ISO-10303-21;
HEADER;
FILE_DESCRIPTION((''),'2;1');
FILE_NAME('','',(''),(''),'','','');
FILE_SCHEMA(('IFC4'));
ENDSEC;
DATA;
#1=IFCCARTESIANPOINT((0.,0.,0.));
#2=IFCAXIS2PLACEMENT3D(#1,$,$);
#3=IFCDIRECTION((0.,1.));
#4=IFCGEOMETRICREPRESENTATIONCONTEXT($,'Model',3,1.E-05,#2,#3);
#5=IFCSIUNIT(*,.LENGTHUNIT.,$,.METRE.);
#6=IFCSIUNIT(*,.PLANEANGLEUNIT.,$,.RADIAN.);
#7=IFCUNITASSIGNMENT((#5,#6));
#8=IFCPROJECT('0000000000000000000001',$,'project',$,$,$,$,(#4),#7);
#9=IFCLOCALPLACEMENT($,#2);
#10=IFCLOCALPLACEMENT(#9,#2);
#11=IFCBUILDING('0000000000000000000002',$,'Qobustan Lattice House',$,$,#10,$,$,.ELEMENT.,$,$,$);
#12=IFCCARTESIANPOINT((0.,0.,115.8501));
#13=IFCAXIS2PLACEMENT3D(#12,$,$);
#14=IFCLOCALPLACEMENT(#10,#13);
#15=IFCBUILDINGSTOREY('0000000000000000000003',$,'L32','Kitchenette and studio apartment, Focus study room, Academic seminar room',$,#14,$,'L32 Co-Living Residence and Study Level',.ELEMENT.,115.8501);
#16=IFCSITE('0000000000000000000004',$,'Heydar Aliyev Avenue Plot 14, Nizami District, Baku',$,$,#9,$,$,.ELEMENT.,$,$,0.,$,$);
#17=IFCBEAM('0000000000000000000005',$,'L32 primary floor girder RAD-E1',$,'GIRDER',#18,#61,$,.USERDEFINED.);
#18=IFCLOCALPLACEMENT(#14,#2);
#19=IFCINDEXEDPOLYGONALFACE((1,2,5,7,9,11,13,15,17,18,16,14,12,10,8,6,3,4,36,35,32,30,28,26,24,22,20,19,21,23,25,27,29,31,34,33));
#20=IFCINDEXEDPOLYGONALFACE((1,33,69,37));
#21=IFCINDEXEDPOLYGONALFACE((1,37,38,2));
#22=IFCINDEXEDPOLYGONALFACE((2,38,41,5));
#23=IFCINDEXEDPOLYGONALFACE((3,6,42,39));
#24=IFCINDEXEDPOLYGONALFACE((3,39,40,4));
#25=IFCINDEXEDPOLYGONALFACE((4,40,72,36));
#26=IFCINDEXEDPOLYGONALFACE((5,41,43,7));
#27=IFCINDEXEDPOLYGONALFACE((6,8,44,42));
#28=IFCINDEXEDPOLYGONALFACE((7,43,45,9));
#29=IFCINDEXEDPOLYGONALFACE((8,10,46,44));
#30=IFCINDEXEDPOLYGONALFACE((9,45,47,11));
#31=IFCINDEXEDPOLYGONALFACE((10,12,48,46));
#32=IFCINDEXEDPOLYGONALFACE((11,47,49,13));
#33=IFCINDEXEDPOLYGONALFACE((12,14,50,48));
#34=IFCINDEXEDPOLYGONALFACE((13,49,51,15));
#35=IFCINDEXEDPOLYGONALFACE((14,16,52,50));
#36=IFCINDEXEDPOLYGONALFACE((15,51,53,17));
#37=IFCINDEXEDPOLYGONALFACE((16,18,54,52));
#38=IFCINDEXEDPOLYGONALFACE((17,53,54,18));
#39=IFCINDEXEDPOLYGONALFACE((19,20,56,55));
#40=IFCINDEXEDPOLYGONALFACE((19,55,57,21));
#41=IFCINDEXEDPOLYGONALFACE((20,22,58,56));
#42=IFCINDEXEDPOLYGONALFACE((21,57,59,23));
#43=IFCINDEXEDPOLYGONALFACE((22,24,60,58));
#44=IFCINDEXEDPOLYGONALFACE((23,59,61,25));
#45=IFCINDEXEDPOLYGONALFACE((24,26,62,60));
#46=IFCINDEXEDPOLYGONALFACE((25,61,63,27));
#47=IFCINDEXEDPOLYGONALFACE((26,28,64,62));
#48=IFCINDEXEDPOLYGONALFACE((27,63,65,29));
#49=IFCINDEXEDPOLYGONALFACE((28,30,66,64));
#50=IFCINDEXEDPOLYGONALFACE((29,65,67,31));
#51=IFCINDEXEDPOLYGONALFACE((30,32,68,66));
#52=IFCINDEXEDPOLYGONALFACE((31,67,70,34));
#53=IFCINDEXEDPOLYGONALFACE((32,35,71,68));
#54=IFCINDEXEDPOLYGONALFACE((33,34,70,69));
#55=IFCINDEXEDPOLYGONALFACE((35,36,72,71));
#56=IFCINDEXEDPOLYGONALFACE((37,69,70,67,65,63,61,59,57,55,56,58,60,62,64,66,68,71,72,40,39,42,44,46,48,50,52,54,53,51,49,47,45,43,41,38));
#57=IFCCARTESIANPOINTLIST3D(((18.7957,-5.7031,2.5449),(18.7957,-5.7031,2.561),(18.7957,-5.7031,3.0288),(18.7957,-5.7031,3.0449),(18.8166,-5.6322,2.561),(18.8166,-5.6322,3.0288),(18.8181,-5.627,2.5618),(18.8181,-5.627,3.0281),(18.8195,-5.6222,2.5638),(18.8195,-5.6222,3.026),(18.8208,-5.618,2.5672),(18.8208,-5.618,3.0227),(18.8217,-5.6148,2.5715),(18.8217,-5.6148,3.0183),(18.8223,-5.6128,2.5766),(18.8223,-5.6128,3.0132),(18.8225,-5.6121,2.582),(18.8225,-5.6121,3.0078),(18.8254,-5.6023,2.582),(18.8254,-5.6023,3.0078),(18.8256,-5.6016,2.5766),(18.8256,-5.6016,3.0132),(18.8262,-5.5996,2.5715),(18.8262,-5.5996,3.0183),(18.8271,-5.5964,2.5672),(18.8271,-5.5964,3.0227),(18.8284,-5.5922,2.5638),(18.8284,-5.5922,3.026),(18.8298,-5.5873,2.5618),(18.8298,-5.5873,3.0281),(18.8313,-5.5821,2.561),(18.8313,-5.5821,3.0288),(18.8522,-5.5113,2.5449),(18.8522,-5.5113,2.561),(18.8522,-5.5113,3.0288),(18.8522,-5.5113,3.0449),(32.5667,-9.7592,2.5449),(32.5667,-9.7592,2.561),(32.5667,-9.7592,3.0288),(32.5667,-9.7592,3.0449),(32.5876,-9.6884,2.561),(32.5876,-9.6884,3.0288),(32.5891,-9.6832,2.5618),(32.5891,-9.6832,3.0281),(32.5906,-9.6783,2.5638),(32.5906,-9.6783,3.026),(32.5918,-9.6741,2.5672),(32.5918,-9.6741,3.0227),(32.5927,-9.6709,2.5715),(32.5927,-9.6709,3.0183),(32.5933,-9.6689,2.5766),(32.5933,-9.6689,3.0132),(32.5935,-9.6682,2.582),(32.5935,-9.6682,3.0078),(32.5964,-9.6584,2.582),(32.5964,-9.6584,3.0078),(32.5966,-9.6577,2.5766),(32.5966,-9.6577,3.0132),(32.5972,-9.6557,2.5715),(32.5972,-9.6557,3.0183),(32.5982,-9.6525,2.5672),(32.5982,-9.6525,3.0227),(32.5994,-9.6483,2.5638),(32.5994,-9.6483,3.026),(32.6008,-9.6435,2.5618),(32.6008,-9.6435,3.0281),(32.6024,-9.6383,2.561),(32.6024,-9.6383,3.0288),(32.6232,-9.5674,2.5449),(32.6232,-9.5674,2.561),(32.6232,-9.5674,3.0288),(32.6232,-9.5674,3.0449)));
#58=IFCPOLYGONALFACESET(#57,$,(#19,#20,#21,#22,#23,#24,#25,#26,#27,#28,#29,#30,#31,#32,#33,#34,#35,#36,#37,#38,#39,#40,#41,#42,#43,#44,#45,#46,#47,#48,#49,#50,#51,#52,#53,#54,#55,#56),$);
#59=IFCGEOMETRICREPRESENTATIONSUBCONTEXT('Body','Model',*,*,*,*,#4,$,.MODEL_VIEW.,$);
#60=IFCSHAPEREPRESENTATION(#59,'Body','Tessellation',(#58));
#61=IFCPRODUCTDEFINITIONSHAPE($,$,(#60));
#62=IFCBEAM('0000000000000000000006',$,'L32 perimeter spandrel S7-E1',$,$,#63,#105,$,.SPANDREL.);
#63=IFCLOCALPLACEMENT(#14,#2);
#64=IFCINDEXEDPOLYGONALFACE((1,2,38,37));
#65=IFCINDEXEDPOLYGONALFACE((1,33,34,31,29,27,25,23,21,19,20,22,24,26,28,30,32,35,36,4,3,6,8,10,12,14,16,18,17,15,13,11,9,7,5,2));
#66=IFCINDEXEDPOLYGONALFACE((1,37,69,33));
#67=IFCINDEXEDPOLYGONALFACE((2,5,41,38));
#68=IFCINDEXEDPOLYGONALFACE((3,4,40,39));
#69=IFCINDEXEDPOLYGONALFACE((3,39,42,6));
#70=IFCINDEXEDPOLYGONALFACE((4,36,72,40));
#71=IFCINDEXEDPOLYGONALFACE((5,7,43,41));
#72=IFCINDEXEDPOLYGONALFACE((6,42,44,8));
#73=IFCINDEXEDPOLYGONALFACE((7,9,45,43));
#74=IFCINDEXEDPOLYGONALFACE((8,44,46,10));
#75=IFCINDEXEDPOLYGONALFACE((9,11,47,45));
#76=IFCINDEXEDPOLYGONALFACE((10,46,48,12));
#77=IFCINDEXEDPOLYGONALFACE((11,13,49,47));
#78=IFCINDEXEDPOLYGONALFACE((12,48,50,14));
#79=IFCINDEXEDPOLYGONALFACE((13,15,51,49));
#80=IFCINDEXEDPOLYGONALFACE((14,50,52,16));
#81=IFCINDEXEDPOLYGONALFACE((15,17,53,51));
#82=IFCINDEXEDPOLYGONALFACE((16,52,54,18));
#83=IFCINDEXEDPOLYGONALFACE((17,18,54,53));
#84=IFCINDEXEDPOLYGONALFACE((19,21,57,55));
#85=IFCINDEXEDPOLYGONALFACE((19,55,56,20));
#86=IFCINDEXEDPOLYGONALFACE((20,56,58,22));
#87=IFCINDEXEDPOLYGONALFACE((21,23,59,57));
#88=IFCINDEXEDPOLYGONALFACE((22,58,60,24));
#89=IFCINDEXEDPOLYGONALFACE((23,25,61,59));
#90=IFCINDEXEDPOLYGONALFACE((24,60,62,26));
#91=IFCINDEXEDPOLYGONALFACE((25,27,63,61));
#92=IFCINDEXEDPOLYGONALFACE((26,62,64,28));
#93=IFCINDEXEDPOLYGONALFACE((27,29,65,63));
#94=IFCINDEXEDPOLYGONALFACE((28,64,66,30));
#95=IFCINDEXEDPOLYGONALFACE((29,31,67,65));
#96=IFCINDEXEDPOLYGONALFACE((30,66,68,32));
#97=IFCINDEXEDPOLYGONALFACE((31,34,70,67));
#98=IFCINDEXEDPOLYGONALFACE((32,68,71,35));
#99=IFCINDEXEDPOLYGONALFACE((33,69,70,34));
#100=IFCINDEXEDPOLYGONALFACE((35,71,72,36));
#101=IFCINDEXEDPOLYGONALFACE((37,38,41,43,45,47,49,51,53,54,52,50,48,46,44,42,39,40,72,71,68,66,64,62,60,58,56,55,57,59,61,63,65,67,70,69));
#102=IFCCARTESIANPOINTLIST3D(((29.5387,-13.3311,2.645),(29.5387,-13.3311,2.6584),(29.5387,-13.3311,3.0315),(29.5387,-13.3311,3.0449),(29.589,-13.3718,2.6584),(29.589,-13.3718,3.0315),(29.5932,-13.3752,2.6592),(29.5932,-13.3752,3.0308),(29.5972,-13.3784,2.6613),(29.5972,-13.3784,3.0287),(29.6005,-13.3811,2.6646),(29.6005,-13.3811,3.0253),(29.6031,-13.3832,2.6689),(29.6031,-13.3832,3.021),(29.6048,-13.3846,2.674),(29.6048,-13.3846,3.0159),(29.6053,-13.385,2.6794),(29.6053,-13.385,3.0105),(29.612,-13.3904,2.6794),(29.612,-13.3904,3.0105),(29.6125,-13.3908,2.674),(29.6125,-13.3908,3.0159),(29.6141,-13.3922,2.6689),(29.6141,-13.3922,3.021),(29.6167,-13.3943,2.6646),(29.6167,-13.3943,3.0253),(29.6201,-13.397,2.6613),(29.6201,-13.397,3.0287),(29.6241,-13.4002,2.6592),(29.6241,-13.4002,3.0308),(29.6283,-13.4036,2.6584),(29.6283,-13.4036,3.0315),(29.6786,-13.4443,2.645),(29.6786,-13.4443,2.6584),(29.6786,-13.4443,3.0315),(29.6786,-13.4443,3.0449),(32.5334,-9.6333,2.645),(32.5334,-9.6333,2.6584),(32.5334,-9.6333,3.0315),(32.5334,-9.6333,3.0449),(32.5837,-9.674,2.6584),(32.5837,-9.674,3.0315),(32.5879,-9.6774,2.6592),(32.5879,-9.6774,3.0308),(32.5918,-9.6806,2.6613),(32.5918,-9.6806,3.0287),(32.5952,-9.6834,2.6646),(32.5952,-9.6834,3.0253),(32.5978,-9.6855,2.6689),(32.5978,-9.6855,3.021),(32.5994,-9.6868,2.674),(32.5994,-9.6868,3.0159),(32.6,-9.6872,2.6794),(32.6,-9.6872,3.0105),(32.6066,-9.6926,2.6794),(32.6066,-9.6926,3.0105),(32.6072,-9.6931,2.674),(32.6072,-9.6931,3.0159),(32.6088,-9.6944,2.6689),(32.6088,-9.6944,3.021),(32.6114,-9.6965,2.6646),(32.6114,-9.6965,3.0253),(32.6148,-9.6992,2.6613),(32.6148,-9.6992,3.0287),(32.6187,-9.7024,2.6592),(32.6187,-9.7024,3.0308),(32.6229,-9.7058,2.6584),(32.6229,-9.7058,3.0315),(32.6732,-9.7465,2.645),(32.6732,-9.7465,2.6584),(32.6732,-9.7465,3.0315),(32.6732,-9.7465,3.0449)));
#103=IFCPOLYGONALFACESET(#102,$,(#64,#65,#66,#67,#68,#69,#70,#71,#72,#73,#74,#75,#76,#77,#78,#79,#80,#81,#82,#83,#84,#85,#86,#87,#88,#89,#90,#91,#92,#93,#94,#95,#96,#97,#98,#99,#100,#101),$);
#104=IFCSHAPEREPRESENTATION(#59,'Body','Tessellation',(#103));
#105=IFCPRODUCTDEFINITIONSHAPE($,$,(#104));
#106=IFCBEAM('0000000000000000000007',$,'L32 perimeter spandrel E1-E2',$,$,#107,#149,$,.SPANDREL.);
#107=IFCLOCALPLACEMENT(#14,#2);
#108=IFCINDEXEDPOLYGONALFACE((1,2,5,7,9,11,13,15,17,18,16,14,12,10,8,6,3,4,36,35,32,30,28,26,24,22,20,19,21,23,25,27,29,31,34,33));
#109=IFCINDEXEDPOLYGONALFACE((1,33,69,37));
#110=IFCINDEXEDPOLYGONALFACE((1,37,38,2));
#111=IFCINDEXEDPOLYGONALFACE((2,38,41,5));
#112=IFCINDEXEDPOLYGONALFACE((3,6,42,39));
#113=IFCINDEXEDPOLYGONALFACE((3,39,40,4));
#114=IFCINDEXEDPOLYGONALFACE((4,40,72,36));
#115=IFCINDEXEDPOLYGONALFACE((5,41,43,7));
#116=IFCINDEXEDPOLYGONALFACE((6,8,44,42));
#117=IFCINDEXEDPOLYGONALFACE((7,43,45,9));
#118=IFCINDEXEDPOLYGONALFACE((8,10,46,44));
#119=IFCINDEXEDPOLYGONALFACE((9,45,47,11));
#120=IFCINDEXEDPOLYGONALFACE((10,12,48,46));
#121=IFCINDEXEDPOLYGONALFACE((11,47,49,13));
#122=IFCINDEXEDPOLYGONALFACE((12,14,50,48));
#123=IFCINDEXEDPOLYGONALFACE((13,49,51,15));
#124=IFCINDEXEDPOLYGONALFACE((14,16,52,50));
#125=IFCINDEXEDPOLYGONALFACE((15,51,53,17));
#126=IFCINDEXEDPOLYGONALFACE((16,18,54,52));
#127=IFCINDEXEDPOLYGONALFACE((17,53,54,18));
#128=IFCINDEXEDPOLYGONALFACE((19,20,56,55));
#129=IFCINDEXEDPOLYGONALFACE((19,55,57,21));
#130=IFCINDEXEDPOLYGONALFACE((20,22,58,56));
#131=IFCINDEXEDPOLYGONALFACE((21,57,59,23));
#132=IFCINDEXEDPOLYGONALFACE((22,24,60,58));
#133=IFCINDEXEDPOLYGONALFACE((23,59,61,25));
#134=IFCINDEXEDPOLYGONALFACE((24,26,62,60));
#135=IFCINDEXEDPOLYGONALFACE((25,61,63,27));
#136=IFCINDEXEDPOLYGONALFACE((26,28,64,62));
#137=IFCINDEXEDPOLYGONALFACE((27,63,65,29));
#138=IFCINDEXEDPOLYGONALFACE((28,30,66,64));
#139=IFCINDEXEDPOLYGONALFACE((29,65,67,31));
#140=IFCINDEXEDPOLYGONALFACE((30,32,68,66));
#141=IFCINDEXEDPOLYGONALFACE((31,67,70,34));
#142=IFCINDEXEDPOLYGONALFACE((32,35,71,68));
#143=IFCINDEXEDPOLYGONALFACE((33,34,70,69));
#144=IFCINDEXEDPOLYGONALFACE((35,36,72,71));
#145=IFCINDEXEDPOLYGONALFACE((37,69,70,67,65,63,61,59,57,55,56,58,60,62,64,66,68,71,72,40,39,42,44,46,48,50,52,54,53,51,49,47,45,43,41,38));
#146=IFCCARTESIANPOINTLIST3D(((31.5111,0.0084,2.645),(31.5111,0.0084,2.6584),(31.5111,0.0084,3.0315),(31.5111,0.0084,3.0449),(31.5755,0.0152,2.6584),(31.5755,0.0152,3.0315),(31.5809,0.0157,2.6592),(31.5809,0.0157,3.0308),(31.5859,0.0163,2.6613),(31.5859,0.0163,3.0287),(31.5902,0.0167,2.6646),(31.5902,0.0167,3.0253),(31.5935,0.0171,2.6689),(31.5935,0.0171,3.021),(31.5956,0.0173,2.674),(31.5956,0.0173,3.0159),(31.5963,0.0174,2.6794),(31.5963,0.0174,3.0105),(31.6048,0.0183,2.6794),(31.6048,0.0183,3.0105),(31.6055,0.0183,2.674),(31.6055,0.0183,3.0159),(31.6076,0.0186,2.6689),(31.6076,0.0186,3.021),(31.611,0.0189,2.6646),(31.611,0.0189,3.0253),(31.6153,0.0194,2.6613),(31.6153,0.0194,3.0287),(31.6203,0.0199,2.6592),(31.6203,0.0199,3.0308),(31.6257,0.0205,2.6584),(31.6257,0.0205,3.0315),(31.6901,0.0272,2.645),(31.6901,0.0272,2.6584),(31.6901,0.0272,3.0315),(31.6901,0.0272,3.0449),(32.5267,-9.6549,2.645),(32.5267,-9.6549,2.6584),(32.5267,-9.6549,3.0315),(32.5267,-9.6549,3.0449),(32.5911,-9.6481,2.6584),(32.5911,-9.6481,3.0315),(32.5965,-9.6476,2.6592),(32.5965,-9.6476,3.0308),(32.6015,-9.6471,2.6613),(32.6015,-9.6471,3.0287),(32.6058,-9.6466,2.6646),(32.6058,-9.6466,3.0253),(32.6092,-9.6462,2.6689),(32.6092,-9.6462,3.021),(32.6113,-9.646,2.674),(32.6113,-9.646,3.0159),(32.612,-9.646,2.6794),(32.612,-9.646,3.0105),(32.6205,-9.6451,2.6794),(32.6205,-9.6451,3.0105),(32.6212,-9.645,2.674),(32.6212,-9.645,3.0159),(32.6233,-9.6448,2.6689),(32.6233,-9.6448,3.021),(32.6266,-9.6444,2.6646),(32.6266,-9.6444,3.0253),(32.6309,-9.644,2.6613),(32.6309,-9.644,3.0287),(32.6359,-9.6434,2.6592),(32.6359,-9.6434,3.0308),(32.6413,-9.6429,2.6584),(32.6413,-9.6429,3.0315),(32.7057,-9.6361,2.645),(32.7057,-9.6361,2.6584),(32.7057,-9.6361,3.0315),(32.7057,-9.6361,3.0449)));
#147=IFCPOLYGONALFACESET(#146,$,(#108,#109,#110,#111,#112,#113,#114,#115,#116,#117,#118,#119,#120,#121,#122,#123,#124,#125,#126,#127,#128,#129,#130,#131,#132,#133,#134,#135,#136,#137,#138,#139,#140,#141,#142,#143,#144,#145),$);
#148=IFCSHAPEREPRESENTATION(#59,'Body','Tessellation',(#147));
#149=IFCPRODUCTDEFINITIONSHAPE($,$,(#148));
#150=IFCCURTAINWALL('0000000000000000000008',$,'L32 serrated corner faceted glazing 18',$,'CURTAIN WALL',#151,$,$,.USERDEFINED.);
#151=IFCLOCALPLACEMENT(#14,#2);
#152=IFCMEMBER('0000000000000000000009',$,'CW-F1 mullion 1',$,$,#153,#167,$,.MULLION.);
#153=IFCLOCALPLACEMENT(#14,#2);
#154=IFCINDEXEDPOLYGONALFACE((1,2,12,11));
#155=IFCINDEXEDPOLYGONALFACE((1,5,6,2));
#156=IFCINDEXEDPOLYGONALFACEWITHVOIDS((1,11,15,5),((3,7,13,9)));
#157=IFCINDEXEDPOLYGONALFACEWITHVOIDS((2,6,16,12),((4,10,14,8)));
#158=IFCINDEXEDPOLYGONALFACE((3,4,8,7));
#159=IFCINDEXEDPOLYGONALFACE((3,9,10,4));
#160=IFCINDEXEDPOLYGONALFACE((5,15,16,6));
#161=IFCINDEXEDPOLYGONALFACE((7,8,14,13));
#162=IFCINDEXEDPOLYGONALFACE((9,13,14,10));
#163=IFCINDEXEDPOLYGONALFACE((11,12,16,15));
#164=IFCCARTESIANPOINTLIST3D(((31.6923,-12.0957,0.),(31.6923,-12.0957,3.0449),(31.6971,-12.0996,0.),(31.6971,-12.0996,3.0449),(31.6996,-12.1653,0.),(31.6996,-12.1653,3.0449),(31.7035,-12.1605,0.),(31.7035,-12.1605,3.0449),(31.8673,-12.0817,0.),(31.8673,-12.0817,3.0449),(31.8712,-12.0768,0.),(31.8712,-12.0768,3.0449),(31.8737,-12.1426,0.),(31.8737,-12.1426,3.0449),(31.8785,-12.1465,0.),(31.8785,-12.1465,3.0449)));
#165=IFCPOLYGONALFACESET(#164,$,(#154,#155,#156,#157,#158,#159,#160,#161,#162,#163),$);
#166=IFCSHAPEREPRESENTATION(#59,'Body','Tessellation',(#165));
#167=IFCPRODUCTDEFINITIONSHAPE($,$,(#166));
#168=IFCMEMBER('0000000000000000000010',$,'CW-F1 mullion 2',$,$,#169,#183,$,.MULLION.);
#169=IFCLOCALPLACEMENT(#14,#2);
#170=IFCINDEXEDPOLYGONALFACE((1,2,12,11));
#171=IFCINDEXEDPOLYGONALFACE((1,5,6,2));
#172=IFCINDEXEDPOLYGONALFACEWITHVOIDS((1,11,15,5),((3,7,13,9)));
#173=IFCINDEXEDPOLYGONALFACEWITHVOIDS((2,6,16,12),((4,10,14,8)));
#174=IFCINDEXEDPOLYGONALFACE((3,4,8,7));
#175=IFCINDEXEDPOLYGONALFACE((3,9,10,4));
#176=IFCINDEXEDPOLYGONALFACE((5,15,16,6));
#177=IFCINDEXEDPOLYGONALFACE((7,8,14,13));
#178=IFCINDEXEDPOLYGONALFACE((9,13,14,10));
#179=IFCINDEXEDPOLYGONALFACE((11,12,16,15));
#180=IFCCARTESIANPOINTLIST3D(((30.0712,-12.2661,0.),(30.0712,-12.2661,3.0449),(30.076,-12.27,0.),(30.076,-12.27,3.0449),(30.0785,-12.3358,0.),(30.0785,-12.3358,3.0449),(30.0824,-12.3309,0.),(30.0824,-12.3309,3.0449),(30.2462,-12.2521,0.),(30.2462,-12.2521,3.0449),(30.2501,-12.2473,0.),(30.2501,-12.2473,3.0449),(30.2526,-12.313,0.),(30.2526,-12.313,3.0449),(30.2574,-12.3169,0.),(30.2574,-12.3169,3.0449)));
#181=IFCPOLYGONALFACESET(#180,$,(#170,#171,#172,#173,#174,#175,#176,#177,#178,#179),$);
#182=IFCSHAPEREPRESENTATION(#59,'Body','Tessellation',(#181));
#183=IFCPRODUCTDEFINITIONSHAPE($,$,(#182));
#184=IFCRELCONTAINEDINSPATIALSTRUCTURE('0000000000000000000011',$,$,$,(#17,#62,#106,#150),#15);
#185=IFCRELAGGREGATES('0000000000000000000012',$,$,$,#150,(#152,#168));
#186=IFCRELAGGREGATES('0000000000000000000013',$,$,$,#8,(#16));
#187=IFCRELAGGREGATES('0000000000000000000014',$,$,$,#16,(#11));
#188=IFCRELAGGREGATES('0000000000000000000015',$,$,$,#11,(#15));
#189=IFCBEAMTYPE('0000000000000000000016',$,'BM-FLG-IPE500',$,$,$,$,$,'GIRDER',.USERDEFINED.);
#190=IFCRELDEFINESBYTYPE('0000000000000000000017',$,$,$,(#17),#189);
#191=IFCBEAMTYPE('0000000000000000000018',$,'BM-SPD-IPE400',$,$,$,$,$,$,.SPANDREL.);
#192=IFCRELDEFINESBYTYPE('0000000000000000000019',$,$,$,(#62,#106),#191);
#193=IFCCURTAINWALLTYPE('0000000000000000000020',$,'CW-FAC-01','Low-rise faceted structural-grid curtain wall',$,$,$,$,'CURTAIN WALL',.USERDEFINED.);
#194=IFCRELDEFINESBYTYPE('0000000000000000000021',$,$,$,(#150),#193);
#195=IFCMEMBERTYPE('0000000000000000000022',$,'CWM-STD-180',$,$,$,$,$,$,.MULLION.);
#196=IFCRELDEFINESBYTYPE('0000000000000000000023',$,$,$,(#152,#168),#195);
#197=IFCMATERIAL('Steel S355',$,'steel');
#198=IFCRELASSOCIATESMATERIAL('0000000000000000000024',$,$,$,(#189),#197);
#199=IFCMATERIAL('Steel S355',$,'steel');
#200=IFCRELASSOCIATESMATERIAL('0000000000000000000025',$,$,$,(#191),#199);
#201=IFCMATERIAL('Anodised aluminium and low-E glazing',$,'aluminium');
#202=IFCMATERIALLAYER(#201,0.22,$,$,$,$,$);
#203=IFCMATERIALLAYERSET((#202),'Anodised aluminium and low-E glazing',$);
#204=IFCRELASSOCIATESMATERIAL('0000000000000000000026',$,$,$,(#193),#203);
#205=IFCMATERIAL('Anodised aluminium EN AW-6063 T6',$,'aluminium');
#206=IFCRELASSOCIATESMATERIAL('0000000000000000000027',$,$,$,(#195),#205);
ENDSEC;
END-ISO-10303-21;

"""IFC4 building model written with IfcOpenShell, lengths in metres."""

from ifc_helpers import new_model, si_unit, direction, frame, origin, origin_2d, place, context, subcontext, project, spatial, hollow_rectangle, i_section, extrude, material, layer, layer_set, material_profile, profile_set, type_object, element, aggregate, save


model = new_model("IFC4")

# Units and contexts
model_context = context("Model", 3, precision=1e-05, world=origin(), true_north=direction((0.0, 1.0)))
body_context = subcontext(model_context, "Body", "Model", "MODEL_VIEW")
ifc_project = project(units=[si_unit("LENGTHUNIT", "METRE"), si_unit("PLANEANGLEUNIT", "RADIAN")], contexts=[model_context])

# Site, building, storey
site_placement = place(None, origin())
site = spatial("IfcSite", under=ifc_project, at=site_placement, Name="Heydar Aliyev Avenue Plot 14, Nizami District, Baku", CompositionType="ELEMENT", RefElevation=0.0)
building_placement = place(site_placement, origin())
building = spatial("IfcBuilding", under=site, at=building_placement, Name="Qobustan Lattice House", CompositionType="ELEMENT")
storey_placement = place(building_placement, frame((0.0, 0.0, 115.8501)))
storey = spatial("IfcBuildingStorey", under=building, at=storey_placement, Name="L32", Description="Kitchenette and studio apartment, Focus study room, Academic seminar room", LongName="L32 Co-Living Residence and Study Level", CompositionType="ELEMENT", Elevation=115.8501)

# Beams
ifc_material_1 = material(Name="Steel S355", Category="steel")
ifc_material_profile_1 = material_profile(ifc_material_1, i_section(OverallWidth=0.2, OverallDepth=0.5, WebThickness=0.0103, FlangeThickness=0.0161, FilletRadius=0.021, at=origin_2d()), Name="IPE500")
ifc_profile_set_1 = profile_set([ifc_material_profile_1], Name="Steel S355")
beam_type_1 = type_object("IfcBeamType", Name="BM-FLG-IPE500", ElementType="GIRDER", PredefinedType="USERDEFINED", material=ifc_profile_set_1)
beam_1_placement = place(storey_placement, frame((32.595, -9.6633, 2.7949), z_axis=(-0.959255, 0.282542, 0.0), x_axis=(-0.282542, -0.959255, 0.0)))
element("IfcBeam", 1, at=beam_1_placement, inside=storey, type_object=beam_type_1, Name="L32 primary floor girder RAD-E1", ObjectType="GIRDER", PredefinedType="USERDEFINED", context=body_context, shape_type="SweptSolid", body=[
    extrude(i_section(OverallWidth=0.2, OverallDepth=0.5, WebThickness=0.0103, FlangeThickness=0.0161, FilletRadius=0.021, at=origin_2d()), origin(), (0.0, 0.0, 1.0), 14.356),
])
ifc_material_2 = material(Name="Steel S355", Category="steel")
ifc_material_profile_2 = material_profile(ifc_material_2, i_section(OverallWidth=0.1799, OverallDepth=0.3999, WebThickness=0.0085, FlangeThickness=0.0134, FilletRadius=0.021, at=origin_2d()), Name="IPE400")
ifc_profile_set_2 = profile_set([ifc_material_profile_2], Name="Steel S355")
beam_type_2 = type_object("IfcBeamType", Name="BM-SPD-IPE400", PredefinedType="SPANDREL", material=ifc_profile_set_2)
beam_2_placement = place(storey_placement, frame((29.6086, -13.3877, 2.845), z_axis=(0.629352, 0.777121, 0.0), x_axis=(-0.777121, 0.629352, 0.0)))
element("IfcBeam", 2, at=beam_2_placement, inside=storey, type_object=beam_type_2, Name="L32 perimeter spandrel S7-E1", PredefinedType="SPANDREL", context=body_context, shape_type="SweptSolid", body=[
    extrude(i_section(OverallWidth=0.1799, OverallDepth=0.3999, WebThickness=0.0085, FlangeThickness=0.0134, FilletRadius=0.021, at=origin_2d()), origin(), (0.0, 0.0, 1.0), 4.7583),
])
beam_3_placement = place(storey_placement, frame((32.6162, -9.6455, 2.845), z_axis=(-0.104525, 0.994522, 0.0), x_axis=(-0.994522, -0.104525, 0.0)))
element("IfcBeam", 3, at=beam_3_placement, inside=storey, type_object=beam_type_2, Name="L32 perimeter spandrel E1-E2", PredefinedType="SPANDREL", context=body_context, shape_type="SweptSolid", body=[
    extrude(i_section(OverallWidth=0.1799, OverallDepth=0.3999, WebThickness=0.0085, FlangeThickness=0.0134, FilletRadius=0.021, at=origin_2d()), origin(), (0.0, 0.0, 1.0), 9.7166),
])

# Curtain wall, members
ifc_material_3 = material(Name="Anodised aluminium and low-E glazing", Category="aluminium")
ifc_layer_1 = layer(ifc_material_3, 0.22)
ifc_layer_set_1 = layer_set([ifc_layer_1], Name="Anodised aluminium and low-E glazing")
curtain_wall_type = type_object("IfcCurtainWallType", Name="CW-FAC-01", Description="Low-rise faceted structural-grid curtain wall", ElementType="CURTAIN WALL", PredefinedType="USERDEFINED", material=ifc_layer_set_1)
curtain_wall_placement = place(storey_placement, origin())
curtain_wall = element("IfcCurtainWall", 4, at=curtain_wall_placement, inside=storey, type_object=curtain_wall_type, Name="L32 serrated corner faceted glazing 18", ObjectType="CURTAIN WALL", PredefinedType="USERDEFINED")
ifc_material_4 = material(Name="Anodised aluminium EN AW-6063 T6", Category="aluminium")
ifc_material_profile_3 = material_profile(ifc_material_4, hollow_rectangle(XDim=0.0701, YDim=0.1799, WallThickness=0.0044, at=origin_2d()), Name="CWM-180x70")
ifc_profile_set_3 = profile_set([ifc_material_profile_3], Name="Anodised aluminium EN AW-6063 T6")
member_type_1 = type_object("IfcMemberType", Name="CWM-STD-180", PredefinedType="MULLION", material=ifc_profile_set_3)
member_1_placement = place(storey_placement, frame((31.7854, -12.1211, 0.0), z_axis=(0.0, 0.0, 1.0), x_axis=(0.104529, -0.994522, 0.0)))
member_1 = element("IfcMember", 5, at=member_1_placement, type_object=member_type_1, Name="CW-F1 mullion 1", PredefinedType="MULLION", context=body_context, shape_type="SweptSolid", body=[
    extrude(hollow_rectangle(XDim=0.0701, YDim=0.1799, WallThickness=0.0044, at=origin_2d()), origin(), (0.0, 0.0, 1.0), 3.0449),
])
member_2_placement = place(storey_placement, frame((30.1643, -12.2915, 0.0), z_axis=(0.0, 0.0, 1.0), x_axis=(0.104529, -0.994522, 0.0)))
member_2 = element("IfcMember", 6, at=member_2_placement, type_object=member_type_1, Name="CW-F1 mullion 2", PredefinedType="MULLION", context=body_context, shape_type="SweptSolid", body=[
    extrude(hollow_rectangle(XDim=0.0701, YDim=0.1799, WallThickness=0.0044, at=origin_2d()), origin(), (0.0, 0.0, 1.0), 3.0449),
])
aggregate(curtain_wall, [member_1, member_2])

save(model, "model.ifc")
